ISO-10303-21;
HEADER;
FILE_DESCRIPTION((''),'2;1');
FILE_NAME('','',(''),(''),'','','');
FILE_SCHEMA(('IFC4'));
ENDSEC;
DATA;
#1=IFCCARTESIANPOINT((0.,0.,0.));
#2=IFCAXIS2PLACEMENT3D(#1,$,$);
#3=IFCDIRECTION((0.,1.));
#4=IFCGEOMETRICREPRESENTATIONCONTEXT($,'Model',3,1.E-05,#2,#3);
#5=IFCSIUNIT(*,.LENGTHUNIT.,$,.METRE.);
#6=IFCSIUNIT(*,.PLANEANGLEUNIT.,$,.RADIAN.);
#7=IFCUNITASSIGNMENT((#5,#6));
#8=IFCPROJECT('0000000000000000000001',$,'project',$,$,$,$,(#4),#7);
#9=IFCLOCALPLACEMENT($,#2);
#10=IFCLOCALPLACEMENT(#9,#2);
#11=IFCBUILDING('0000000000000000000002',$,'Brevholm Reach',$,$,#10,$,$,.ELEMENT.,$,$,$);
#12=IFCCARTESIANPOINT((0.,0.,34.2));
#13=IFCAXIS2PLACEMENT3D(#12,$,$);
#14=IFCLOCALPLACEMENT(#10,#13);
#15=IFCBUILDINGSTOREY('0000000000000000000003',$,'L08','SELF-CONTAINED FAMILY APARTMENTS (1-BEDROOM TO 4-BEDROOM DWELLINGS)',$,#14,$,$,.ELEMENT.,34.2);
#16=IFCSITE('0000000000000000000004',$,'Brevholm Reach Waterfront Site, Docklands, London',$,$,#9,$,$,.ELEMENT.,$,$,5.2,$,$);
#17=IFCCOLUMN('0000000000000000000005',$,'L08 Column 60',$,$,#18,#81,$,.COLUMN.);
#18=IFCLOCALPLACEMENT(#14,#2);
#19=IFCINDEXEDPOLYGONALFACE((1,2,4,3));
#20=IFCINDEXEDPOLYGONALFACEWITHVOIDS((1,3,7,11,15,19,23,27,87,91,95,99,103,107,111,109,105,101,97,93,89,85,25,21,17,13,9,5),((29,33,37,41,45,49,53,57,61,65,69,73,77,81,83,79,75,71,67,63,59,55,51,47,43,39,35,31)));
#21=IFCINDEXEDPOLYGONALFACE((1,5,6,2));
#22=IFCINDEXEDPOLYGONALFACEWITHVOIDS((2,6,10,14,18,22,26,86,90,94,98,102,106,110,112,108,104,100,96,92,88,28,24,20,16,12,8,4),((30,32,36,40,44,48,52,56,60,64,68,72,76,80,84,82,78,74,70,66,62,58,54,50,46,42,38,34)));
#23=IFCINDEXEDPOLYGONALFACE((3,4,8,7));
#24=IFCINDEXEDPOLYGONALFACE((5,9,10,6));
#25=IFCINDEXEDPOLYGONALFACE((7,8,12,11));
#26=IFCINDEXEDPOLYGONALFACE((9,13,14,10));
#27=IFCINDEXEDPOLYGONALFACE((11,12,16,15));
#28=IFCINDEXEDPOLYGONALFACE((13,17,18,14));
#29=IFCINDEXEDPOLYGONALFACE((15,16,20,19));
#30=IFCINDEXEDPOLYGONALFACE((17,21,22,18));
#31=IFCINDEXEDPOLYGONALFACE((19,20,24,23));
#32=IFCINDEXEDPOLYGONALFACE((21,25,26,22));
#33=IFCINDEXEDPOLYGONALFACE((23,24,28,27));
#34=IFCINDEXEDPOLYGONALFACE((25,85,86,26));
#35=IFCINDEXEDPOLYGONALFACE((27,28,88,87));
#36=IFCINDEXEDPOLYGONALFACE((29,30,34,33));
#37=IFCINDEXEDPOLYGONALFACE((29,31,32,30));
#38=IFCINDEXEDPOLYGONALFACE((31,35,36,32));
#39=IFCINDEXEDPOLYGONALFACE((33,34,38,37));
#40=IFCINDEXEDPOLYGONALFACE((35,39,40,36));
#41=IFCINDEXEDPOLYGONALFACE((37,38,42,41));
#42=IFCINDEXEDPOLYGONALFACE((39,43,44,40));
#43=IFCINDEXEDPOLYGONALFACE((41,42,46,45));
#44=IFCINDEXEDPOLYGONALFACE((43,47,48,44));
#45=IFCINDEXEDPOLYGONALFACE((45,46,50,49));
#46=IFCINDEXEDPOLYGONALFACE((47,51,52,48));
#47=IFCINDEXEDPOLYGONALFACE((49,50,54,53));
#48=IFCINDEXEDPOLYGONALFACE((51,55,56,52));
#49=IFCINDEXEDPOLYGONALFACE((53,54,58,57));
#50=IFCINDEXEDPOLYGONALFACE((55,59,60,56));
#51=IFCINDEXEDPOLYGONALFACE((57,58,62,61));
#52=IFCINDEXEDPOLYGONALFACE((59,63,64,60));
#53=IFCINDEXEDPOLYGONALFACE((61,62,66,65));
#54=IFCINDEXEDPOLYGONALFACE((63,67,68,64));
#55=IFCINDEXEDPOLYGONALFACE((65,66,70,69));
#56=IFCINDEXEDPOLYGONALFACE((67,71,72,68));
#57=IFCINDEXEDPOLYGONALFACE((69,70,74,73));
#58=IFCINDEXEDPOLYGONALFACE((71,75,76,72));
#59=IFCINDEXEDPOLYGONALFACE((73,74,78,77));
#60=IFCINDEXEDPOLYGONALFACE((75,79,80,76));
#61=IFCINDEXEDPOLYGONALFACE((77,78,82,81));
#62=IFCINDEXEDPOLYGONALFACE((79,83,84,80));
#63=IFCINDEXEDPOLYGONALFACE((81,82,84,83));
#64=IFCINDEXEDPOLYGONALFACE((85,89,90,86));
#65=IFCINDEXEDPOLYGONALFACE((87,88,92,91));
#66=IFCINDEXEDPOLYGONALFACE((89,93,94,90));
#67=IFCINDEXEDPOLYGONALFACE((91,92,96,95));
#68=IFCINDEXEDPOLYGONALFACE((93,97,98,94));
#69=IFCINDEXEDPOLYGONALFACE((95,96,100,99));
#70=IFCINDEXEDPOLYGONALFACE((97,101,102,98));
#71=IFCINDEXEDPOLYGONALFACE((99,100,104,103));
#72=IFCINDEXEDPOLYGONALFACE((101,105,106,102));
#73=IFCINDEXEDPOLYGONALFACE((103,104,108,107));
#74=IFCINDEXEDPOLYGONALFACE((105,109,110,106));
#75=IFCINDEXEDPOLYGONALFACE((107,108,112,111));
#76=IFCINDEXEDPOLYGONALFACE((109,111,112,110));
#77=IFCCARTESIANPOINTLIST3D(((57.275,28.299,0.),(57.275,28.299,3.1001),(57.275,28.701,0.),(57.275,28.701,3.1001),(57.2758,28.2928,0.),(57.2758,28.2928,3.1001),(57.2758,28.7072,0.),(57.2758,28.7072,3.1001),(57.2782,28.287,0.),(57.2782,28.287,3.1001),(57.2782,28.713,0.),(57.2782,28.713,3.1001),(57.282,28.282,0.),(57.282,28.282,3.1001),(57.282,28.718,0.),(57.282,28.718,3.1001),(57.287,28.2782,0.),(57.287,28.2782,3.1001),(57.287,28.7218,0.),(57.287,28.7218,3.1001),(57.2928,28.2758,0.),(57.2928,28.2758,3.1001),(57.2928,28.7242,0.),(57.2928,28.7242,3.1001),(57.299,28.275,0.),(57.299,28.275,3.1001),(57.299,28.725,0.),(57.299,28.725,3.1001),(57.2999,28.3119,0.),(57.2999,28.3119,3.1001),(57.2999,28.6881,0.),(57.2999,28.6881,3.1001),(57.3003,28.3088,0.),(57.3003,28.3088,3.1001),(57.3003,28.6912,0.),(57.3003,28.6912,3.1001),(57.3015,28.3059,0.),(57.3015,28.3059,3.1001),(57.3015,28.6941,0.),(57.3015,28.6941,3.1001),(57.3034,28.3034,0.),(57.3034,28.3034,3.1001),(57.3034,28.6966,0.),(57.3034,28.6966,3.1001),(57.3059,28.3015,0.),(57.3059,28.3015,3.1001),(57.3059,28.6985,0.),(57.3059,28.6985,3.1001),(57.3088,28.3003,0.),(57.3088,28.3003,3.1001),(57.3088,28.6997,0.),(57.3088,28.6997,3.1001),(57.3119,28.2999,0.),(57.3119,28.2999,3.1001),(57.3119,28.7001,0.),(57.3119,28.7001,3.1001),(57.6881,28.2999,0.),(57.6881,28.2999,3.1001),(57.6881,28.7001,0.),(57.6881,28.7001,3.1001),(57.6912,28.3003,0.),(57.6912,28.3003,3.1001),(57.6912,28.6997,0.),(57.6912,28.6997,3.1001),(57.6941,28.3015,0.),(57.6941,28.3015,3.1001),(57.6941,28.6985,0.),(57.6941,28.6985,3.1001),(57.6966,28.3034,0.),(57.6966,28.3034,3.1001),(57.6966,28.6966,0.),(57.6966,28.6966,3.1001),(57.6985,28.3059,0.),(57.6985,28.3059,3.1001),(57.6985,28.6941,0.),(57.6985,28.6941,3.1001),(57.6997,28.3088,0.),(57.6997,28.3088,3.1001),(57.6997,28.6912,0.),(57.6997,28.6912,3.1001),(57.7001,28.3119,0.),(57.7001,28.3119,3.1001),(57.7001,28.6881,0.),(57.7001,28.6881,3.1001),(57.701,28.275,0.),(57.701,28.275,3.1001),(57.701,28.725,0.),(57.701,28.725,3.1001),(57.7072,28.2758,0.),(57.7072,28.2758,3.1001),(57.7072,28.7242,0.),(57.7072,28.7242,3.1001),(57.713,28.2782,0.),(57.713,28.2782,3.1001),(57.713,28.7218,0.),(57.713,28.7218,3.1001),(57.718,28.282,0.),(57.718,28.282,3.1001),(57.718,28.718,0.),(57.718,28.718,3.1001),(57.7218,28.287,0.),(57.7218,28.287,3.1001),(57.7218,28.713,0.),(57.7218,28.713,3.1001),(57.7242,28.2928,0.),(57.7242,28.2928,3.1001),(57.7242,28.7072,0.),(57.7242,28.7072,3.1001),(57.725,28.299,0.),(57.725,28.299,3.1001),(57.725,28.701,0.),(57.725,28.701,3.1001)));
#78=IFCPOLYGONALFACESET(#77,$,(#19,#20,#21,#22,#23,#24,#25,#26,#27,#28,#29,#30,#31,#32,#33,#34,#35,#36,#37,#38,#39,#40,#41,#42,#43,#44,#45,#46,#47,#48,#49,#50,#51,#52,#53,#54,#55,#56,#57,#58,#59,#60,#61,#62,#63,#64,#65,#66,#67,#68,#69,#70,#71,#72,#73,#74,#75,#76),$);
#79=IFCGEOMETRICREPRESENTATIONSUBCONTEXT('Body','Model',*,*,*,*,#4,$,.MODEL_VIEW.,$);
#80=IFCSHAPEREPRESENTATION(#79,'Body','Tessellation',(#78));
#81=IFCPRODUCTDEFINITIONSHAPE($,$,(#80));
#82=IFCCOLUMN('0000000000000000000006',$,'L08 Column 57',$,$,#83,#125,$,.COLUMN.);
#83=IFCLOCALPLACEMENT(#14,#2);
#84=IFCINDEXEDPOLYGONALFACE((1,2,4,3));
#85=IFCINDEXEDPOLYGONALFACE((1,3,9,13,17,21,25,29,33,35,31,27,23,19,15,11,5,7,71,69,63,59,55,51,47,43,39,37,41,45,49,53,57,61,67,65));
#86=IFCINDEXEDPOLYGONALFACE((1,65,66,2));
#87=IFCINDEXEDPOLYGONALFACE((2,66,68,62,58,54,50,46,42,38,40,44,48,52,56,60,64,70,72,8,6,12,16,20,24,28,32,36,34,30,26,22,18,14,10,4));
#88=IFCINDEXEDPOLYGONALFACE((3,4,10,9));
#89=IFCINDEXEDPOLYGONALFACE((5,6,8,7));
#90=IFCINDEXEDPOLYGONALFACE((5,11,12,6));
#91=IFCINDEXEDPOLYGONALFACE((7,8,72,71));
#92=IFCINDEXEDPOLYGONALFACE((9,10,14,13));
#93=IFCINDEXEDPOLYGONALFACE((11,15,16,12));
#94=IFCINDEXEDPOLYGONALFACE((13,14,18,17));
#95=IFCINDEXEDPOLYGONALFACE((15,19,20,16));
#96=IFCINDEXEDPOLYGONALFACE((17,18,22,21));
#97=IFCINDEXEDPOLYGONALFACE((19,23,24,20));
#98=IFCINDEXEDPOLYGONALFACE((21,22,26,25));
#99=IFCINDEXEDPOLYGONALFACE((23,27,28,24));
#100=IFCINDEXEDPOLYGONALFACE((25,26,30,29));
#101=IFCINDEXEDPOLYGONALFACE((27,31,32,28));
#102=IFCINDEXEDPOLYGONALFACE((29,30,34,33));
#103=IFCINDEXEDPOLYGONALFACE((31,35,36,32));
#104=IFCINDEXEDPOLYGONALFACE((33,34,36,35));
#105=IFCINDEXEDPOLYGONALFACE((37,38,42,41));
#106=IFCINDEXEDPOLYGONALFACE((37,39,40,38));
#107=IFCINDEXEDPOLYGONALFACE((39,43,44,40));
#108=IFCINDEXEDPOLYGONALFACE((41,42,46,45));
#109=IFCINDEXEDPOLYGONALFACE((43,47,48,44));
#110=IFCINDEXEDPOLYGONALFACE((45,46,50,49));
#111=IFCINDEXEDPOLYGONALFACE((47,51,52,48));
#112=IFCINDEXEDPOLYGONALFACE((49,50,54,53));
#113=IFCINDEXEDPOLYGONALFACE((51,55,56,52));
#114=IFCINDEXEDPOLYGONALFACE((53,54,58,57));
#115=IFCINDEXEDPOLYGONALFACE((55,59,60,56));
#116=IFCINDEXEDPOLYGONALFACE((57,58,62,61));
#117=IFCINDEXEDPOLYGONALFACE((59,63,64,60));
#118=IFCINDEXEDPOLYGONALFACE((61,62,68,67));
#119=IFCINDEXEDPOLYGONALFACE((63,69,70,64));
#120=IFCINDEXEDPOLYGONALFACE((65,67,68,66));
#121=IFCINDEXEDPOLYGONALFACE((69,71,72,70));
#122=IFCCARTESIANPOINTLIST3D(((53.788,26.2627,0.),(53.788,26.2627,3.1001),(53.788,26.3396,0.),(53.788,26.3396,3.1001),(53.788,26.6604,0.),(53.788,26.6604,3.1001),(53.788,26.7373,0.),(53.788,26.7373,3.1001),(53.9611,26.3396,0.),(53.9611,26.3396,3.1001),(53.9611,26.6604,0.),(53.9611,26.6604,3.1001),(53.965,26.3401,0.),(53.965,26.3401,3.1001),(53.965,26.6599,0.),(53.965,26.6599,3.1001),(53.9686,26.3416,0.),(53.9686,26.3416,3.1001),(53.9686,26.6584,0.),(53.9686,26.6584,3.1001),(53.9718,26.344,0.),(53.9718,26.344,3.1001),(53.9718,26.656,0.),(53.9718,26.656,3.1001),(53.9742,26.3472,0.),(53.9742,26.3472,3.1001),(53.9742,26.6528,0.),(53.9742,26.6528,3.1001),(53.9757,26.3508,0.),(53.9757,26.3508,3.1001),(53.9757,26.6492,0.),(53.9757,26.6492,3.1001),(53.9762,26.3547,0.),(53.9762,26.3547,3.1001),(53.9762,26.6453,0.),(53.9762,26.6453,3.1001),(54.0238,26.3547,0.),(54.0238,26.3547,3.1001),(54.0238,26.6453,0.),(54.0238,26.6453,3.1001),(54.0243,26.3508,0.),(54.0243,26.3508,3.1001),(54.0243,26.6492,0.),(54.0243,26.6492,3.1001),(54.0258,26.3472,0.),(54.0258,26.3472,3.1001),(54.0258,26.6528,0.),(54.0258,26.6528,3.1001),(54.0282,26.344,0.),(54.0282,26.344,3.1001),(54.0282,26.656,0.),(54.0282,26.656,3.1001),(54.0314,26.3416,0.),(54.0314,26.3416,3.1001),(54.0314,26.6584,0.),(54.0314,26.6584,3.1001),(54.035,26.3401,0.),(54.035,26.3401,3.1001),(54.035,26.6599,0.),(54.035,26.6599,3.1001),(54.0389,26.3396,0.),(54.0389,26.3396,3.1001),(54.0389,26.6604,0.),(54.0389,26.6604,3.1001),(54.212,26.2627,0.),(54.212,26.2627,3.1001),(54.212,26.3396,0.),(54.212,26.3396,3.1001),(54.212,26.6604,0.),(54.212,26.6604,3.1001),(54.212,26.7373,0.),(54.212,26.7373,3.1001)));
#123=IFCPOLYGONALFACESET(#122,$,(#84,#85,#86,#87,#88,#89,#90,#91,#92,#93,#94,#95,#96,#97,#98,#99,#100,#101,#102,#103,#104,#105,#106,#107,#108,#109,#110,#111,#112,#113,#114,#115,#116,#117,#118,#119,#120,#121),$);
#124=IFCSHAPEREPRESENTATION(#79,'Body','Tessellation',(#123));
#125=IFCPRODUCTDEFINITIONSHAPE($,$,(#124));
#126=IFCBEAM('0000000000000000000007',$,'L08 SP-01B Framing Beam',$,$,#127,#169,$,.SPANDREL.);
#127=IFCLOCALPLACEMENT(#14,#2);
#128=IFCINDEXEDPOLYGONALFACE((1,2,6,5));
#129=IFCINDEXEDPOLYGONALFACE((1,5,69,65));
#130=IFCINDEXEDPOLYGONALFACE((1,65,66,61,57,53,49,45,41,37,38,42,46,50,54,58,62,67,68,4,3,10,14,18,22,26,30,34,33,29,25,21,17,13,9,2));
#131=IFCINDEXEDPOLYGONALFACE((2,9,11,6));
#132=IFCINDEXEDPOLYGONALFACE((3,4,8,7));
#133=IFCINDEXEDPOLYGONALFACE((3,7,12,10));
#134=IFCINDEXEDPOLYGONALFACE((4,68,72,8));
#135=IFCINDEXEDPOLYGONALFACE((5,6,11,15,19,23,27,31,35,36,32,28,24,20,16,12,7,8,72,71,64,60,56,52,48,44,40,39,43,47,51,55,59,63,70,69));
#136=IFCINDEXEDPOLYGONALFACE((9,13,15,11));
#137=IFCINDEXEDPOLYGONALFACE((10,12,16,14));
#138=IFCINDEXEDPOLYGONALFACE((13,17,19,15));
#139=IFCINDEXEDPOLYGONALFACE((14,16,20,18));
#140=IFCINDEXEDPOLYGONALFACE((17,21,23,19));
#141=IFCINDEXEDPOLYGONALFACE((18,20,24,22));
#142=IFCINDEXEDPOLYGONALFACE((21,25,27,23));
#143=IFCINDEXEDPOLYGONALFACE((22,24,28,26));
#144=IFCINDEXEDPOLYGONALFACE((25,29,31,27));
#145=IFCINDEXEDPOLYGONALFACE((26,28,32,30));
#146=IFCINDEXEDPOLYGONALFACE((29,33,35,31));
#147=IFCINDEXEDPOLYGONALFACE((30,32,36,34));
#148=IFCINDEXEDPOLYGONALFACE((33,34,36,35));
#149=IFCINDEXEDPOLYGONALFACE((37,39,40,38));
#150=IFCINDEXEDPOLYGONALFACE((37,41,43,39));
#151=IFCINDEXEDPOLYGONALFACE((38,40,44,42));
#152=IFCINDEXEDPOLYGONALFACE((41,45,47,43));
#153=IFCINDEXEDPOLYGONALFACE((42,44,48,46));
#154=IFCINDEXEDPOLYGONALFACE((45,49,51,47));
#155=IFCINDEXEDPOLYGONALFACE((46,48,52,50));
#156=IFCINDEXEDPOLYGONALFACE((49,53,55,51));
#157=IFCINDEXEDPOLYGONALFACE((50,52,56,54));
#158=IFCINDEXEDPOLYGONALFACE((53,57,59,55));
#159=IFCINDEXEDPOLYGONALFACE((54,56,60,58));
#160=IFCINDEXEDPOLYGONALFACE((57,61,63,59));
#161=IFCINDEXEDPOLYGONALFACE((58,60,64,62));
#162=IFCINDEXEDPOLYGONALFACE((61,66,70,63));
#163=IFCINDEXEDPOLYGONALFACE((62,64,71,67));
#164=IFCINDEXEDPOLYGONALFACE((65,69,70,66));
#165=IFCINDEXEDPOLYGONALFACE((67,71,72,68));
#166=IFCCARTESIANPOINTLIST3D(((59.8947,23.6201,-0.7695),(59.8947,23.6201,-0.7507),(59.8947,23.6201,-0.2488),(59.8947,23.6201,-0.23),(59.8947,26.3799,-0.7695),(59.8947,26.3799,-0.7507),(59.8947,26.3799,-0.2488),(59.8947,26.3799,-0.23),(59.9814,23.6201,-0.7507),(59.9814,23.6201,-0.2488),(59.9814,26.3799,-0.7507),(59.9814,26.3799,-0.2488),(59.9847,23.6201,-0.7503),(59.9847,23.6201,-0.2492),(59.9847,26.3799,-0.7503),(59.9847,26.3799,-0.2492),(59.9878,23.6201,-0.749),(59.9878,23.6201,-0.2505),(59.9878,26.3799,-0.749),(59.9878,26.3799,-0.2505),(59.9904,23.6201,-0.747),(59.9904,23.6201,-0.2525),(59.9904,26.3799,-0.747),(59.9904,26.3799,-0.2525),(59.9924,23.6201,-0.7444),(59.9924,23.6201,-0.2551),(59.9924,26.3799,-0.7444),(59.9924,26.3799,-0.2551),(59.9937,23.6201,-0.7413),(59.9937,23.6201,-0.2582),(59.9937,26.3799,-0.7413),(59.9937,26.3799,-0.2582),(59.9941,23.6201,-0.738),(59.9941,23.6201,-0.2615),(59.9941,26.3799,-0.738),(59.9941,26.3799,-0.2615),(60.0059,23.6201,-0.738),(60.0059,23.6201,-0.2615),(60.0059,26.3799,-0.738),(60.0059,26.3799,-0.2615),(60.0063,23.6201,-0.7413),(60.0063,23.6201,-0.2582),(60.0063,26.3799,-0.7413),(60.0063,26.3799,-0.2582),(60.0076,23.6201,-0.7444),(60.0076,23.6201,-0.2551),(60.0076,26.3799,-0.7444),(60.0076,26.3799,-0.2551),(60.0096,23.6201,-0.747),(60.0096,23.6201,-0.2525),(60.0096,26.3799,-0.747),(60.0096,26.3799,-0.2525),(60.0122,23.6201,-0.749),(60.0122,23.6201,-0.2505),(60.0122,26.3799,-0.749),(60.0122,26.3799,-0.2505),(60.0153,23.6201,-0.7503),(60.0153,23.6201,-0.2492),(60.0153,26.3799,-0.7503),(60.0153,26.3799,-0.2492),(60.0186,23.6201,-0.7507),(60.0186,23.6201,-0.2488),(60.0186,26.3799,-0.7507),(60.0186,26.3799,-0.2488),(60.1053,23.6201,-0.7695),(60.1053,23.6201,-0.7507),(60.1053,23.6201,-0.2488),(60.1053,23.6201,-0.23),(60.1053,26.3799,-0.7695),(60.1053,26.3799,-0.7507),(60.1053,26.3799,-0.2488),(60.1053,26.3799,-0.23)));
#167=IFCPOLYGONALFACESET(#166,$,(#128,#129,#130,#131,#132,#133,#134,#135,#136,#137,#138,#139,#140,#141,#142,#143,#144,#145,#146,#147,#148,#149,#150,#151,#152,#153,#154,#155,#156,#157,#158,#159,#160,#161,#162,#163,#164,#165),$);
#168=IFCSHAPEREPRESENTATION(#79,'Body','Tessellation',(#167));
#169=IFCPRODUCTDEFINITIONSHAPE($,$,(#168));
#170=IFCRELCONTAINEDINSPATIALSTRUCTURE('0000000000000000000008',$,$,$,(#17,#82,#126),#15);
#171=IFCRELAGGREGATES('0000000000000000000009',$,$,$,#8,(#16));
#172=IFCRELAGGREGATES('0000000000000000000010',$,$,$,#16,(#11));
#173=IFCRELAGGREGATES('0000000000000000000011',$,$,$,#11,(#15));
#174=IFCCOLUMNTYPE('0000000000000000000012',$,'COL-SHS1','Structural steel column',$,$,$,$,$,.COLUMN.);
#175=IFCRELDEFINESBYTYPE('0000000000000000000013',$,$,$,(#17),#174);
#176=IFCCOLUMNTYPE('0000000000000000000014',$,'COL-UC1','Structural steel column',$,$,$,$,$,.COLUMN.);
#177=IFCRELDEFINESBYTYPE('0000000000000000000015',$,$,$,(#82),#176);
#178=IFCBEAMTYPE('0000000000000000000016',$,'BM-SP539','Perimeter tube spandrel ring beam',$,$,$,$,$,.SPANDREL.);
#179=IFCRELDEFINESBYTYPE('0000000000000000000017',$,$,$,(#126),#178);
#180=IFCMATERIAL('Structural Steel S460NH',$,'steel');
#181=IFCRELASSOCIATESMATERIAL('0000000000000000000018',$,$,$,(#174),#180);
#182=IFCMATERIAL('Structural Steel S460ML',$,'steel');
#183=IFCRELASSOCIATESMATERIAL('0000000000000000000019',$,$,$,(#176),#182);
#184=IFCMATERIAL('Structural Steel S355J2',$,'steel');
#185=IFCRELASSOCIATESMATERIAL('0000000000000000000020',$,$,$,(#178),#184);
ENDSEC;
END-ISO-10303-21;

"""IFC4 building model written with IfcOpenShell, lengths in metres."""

from ifc_helpers import new_model, si_unit, direction, frame, origin, origin_2d, place, context, subcontext, project, spatial, hollow_rectangle, i_section, extrude, material, material_profile, profile_set, type_object, element, save


model = new_model("IFC4")

# Units and contexts
model_context = context("Model", 3, precision=1e-05, world=origin(), true_north=direction((0.0, 1.0)))
body_context = subcontext(model_context, "Body", "Model", "MODEL_VIEW")
ifc_project = project(units=[si_unit("LENGTHUNIT", "METRE"), si_unit("PLANEANGLEUNIT", "RADIAN")], contexts=[model_context])

# Site, building, storey
site_placement = place(None, origin())
site = spatial("IfcSite", under=ifc_project, at=site_placement, Name="Brevholm Reach Waterfront Site, Docklands, London", CompositionType="ELEMENT", RefElevation=5.2)
building_placement = place(site_placement, origin())
building = spatial("IfcBuilding", under=site, at=building_placement, Name="Brevholm Reach", CompositionType="ELEMENT")
storey_placement = place(building_placement, frame((0.0, 0.0, 34.2)))
storey = spatial("IfcBuildingStorey", under=building, at=storey_placement, Name="L08", Description="SELF-CONTAINED FAMILY APARTMENTS (1-BEDROOM TO 4-BEDROOM DWELLINGS)", CompositionType="ELEMENT", Elevation=34.2)

# Columns
ifc_material_1 = material(Name="Structural Steel S460NH", Category="steel")
ifc_material_profile_1 = material_profile(ifc_material_1, hollow_rectangle(XDim=0.45, YDim=0.45, WallThickness=0.0249, InnerFilletRadius=0.012, OuterFilletRadius=0.0239, at=origin_2d()), Name="SHS 450x450x25")
ifc_profile_set_1 = profile_set([ifc_material_profile_1], Name="Structural Steel S460NH")
column_type_1 = type_object("IfcColumnType", Name="COL-SHS1", Description="Structural steel column", PredefinedType="COLUMN", material=ifc_profile_set_1)
column_1_placement = place(storey_placement, frame((57.5, 28.5, 0.0), z_axis=(0.0, 0.0, 1.0), x_axis=(1.0, 0.0, 0.0)))
element("IfcColumn", 1, at=column_1_placement, inside=storey, type_object=column_type_1, Name="L08 Column 60", PredefinedType="COLUMN", context=body_context, shape_type="SweptSolid", body=[
    extrude(hollow_rectangle(XDim=0.45, YDim=0.45, WallThickness=0.0249, InnerFilletRadius=0.012, OuterFilletRadius=0.0239, at=origin_2d()), origin(), (0.0, 0.0, 1.0), 3.1001),
])
ifc_material_2 = material(Name="Structural Steel S460ML", Category="steel")
ifc_material_profile_2 = material_profile(ifc_material_2, i_section(OverallWidth=0.4241, OverallDepth=0.4746, WebThickness=0.0476, FlangeThickness=0.0769, FilletRadius=0.0151, at=origin_2d()), Name="UKC 356x406x634")
ifc_profile_set_2 = profile_set([ifc_material_profile_2], Name="Structural Steel S460ML")
column_type_2 = type_object("IfcColumnType", Name="COL-UC1", Description="Structural steel column", PredefinedType="COLUMN", material=ifc_profile_set_2)
column_2_placement = place(storey_placement, frame((54.0, 26.5, 0.0), z_axis=(0.0, 0.0, 1.0), x_axis=(1.0, 0.0, 0.0)))
element("IfcColumn", 2, at=column_2_placement, inside=storey, type_object=column_type_2, Name="L08 Column 57", PredefinedType="COLUMN", context=body_context, shape_type="SweptSolid", body=[
    extrude(i_section(OverallWidth=0.4241, OverallDepth=0.4746, WebThickness=0.0476, FlangeThickness=0.0769, FilletRadius=0.0151, at=origin_2d()), origin(), (0.0, 0.0, 1.0), 3.1001),
])

# Beam
ifc_material_3 = material(Name="Structural Steel S355J2", Category="steel")
ifc_material_profile_3 = material_profile(ifc_material_3, i_section(OverallWidth=0.2107, OverallDepth=0.5396, WebThickness=0.0117, FlangeThickness=0.0188, FilletRadius=0.0127, at=origin_2d()), Name="UKB 533x210x109")
ifc_profile_set_3 = profile_set([ifc_material_profile_3], Name="Structural Steel S355J2")
beam_type_1 = type_object("IfcBeamType", Name="BM-SP539", Description="Perimeter tube spandrel ring beam", PredefinedType="SPANDREL", material=ifc_profile_set_3)
beam_1_placement = place(storey_placement, frame((60.0, 23.6201, -0.4998), z_axis=(0.0, 1.0, 0.0), x_axis=(-1.0, 0.0, 0.0)))
element("IfcBeam", 3, at=beam_1_placement, inside=storey, type_object=beam_type_1, Name="L08 SP-01B Framing Beam", PredefinedType="SPANDREL", context=body_context, shape_type="SweptSolid", body=[
    extrude(i_section(OverallWidth=0.2107, OverallDepth=0.5396, WebThickness=0.0117, FlangeThickness=0.0188, FilletRadius=0.0127, at=origin_2d()), origin(), (0.0, 0.0, 1.0), 2.7598),
])

save(model, "model.ifc")
